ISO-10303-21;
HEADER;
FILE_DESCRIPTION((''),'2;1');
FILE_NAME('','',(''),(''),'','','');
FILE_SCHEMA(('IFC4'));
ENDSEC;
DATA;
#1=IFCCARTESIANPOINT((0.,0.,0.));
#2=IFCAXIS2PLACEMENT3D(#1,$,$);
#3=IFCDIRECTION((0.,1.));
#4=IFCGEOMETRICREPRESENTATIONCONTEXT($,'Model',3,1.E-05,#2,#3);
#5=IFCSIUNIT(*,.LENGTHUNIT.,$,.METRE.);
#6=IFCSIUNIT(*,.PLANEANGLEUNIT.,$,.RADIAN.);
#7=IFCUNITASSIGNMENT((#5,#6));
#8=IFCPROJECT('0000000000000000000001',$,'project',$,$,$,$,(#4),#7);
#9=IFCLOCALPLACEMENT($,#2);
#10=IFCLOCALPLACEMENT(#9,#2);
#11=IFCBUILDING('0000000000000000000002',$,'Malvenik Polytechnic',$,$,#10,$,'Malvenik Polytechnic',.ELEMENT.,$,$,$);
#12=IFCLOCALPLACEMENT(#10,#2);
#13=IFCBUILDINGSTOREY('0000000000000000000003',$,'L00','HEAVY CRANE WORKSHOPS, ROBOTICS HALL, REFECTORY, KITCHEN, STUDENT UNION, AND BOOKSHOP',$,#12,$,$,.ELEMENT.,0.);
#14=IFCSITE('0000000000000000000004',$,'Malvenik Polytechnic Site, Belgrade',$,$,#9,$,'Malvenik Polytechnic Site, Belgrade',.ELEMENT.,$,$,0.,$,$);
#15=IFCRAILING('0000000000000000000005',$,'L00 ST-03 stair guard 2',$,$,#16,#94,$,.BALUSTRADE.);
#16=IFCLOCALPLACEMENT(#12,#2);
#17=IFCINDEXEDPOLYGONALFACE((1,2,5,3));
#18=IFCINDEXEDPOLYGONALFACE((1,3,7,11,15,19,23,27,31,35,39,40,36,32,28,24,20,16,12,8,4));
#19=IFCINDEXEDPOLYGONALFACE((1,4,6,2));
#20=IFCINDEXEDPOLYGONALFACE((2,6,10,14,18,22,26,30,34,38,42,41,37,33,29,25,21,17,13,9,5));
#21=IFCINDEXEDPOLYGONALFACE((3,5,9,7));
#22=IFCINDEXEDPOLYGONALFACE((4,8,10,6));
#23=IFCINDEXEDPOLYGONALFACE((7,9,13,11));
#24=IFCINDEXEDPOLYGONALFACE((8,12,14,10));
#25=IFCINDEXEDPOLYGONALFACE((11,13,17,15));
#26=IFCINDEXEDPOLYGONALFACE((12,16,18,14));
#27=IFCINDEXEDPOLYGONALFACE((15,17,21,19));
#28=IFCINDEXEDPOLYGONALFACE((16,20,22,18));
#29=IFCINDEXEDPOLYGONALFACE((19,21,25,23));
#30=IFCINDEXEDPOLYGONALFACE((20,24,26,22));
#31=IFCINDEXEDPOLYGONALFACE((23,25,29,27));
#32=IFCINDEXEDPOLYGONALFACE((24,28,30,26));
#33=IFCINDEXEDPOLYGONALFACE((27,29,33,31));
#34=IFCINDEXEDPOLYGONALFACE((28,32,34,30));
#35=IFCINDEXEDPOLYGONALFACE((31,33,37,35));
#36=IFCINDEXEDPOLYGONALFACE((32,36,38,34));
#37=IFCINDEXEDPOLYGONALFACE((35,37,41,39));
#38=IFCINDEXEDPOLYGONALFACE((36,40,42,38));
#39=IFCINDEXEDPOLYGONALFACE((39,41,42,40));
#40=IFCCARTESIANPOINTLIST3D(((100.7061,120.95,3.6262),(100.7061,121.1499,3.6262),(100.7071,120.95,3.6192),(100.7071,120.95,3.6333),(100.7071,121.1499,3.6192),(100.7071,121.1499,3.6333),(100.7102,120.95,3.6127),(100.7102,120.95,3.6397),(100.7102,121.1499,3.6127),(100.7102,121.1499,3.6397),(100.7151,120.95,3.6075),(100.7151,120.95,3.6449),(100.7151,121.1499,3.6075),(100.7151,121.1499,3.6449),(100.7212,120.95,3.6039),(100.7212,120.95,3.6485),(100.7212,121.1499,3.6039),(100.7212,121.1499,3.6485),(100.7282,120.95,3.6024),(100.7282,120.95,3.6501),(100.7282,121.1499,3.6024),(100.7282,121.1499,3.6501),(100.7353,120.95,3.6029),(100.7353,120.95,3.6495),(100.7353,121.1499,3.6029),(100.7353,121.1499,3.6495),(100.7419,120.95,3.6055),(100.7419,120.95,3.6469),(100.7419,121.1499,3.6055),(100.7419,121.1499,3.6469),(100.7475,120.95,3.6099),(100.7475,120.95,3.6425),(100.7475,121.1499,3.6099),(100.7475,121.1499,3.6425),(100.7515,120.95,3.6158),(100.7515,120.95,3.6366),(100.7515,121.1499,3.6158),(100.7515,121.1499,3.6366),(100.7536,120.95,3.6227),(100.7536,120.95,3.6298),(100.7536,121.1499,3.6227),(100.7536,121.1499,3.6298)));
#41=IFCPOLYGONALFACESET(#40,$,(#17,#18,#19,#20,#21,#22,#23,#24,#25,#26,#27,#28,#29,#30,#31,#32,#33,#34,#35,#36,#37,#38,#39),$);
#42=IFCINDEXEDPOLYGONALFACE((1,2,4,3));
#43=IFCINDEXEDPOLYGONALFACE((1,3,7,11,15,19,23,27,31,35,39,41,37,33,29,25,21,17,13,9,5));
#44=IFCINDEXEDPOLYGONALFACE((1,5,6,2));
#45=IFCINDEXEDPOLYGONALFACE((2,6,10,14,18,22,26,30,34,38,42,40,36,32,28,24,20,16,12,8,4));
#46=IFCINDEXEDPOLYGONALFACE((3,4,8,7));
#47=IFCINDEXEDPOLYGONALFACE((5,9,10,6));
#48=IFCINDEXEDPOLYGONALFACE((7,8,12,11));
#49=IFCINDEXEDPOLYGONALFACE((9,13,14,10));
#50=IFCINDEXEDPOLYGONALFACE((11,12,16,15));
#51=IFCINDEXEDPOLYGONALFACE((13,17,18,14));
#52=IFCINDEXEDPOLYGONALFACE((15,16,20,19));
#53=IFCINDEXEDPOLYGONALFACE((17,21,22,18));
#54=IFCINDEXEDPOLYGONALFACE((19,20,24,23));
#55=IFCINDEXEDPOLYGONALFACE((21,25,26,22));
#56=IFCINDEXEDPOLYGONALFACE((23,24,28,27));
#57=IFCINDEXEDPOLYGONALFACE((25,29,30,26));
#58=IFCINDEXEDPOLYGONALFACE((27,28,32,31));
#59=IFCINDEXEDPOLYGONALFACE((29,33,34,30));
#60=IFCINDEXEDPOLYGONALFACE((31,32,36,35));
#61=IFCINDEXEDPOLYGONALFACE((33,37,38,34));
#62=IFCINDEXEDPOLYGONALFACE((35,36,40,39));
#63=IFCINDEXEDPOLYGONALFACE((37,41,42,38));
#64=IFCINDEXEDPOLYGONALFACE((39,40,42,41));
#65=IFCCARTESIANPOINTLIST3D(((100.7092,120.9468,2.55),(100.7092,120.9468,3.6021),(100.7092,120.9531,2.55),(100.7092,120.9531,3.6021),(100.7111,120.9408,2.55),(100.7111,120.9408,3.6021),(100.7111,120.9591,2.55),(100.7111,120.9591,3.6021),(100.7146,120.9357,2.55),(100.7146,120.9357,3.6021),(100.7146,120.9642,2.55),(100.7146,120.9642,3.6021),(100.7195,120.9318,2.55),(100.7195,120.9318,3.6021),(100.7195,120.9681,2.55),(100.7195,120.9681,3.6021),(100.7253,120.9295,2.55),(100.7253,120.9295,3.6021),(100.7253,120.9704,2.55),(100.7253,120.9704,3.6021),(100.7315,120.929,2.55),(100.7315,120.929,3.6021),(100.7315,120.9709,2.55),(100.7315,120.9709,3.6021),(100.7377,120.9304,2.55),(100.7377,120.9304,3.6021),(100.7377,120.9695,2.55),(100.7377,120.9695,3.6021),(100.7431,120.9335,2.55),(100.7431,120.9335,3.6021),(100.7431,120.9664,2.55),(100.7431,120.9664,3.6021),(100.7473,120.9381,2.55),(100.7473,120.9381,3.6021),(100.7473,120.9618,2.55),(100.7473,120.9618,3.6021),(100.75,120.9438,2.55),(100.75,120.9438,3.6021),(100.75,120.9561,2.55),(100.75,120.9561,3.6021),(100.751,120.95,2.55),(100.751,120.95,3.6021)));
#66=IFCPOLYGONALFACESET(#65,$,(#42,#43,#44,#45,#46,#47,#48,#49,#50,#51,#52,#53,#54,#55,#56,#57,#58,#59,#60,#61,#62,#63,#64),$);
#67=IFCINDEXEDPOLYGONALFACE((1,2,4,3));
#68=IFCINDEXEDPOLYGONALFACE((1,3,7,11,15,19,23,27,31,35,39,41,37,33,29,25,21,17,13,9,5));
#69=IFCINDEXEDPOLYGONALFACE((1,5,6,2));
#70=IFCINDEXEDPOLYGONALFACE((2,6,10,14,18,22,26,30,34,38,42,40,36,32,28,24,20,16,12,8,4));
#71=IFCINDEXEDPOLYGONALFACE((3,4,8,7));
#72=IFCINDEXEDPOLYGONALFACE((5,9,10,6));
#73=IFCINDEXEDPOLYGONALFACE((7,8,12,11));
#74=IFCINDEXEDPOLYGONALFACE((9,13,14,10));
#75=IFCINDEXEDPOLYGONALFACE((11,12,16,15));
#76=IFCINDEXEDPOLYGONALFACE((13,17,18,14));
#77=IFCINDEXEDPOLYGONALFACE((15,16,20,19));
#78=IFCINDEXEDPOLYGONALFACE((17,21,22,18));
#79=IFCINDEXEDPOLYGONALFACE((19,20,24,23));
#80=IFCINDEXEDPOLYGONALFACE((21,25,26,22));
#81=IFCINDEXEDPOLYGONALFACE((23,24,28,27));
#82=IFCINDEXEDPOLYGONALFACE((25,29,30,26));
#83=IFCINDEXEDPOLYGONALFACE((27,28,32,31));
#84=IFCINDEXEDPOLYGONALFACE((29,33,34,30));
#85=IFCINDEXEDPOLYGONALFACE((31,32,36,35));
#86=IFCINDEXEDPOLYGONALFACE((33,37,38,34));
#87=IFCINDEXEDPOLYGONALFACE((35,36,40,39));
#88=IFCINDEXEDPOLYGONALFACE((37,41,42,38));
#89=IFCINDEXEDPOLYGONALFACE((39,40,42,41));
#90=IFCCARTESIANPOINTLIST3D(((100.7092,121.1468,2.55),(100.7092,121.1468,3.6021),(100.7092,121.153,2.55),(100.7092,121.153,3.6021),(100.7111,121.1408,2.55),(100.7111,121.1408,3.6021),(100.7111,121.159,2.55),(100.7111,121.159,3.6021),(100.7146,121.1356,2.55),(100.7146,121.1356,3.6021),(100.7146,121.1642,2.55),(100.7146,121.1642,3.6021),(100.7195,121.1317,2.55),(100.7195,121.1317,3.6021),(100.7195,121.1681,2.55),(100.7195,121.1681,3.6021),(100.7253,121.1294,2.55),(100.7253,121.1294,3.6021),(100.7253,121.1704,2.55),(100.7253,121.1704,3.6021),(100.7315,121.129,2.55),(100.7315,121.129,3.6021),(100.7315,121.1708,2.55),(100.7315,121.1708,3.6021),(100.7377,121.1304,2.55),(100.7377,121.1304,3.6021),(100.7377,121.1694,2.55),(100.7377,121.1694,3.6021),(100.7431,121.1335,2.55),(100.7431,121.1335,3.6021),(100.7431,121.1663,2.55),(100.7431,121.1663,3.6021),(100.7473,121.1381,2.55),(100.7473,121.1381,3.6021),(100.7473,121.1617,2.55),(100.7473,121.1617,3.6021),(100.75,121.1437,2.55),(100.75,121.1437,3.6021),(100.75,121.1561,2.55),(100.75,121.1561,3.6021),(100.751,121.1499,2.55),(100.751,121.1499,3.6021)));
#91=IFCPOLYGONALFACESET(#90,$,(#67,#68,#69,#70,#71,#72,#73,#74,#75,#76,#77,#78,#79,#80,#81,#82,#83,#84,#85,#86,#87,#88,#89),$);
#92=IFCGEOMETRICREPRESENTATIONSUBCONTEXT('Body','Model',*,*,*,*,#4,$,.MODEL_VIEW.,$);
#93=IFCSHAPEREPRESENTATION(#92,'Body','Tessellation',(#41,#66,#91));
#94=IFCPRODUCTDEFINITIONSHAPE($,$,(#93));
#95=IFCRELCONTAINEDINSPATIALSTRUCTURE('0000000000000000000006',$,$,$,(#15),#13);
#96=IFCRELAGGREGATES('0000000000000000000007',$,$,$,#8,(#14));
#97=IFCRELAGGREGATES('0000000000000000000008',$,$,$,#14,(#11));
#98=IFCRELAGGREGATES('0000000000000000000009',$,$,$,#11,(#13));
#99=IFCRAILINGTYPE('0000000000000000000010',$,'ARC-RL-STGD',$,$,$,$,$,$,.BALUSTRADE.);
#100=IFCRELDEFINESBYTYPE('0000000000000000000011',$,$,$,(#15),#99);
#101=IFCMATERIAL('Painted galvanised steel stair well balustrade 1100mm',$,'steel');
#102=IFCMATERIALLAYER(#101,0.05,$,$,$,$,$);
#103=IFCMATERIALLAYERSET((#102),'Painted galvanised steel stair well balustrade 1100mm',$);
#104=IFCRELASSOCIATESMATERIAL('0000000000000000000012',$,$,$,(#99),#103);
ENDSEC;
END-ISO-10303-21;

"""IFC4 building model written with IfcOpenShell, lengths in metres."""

from ifc_helpers import new_model, si_unit, direction, frame, origin, origin_2d, place, context, subcontext, project, spatial, circle, extrude, material, layer, layer_set, type_object, element, save


model = new_model("IFC4")

# Units and contexts
model_context = context("Model", 3, precision=1e-05, world=origin(), true_north=direction((0.0, 1.0)))
body_context = subcontext(model_context, "Body", "Model", "MODEL_VIEW")
ifc_project = project(units=[si_unit("LENGTHUNIT", "METRE"), si_unit("PLANEANGLEUNIT", "RADIAN")], contexts=[model_context])

# Site, building, storey
site_placement = place(None, origin())
site = spatial("IfcSite", under=ifc_project, at=site_placement, Name="Malvenik Polytechnic Site, Belgrade", LongName="Malvenik Polytechnic Site, Belgrade", CompositionType="ELEMENT", RefElevation=0.0)
building_placement = place(site_placement, origin())
building = spatial("IfcBuilding", under=site, at=building_placement, Name="Malvenik Polytechnic", LongName="Malvenik Polytechnic", CompositionType="ELEMENT")
storey_placement = place(building_placement, origin())
storey = spatial("IfcBuildingStorey", under=building, at=storey_placement, Name="L00", Description="HEAVY CRANE WORKSHOPS, ROBOTICS HALL, REFECTORY, KITCHEN, STUDENT UNION, AND BOOKSHOP", CompositionType="ELEMENT", Elevation=0.0)

# Railing
ifc_material_1 = material(Name="Painted galvanised steel stair well balustrade 1100mm", Category="steel")
ifc_layer_1 = layer(ifc_material_1, 0.05)
ifc_layer_set_1 = layer_set([ifc_layer_1], Name="Painted galvanised steel stair well balustrade 1100mm")
railing_type_1 = type_object("IfcRailingType", Name="ARC-RL-STGD", PredefinedType="BALUSTRADE", material=ifc_layer_set_1)
railing_1_placement = place(storey_placement, frame((100.73, 120.95, 2.55)))
element("IfcRailing", 1, at=railing_1_placement, inside=storey, type_object=railing_type_1, Name="L00 ST-03 stair guard 2", PredefinedType="BALUSTRADE", context=body_context, shape_type="SweptSolid", body=[
    extrude(circle(Radius=0.0239, at=origin_2d()), frame((0.0, 0.0, 1.0762), z_axis=(0.0, 1.0, 0.0), x_axis=(-1.0, 0.0, 0.0)), (0.0, 0.0, 1.0), 0.2),
    extrude(circle(Radius=0.021, at=origin_2d()), origin(), (0.0, 0.0, 1.0), 1.052),
    extrude(circle(Radius=0.021, at=origin_2d()), frame((0.0, 0.2, 0.0)), (0.0, 0.0, 1.0), 1.052),
])

save(model, "model.ifc")
